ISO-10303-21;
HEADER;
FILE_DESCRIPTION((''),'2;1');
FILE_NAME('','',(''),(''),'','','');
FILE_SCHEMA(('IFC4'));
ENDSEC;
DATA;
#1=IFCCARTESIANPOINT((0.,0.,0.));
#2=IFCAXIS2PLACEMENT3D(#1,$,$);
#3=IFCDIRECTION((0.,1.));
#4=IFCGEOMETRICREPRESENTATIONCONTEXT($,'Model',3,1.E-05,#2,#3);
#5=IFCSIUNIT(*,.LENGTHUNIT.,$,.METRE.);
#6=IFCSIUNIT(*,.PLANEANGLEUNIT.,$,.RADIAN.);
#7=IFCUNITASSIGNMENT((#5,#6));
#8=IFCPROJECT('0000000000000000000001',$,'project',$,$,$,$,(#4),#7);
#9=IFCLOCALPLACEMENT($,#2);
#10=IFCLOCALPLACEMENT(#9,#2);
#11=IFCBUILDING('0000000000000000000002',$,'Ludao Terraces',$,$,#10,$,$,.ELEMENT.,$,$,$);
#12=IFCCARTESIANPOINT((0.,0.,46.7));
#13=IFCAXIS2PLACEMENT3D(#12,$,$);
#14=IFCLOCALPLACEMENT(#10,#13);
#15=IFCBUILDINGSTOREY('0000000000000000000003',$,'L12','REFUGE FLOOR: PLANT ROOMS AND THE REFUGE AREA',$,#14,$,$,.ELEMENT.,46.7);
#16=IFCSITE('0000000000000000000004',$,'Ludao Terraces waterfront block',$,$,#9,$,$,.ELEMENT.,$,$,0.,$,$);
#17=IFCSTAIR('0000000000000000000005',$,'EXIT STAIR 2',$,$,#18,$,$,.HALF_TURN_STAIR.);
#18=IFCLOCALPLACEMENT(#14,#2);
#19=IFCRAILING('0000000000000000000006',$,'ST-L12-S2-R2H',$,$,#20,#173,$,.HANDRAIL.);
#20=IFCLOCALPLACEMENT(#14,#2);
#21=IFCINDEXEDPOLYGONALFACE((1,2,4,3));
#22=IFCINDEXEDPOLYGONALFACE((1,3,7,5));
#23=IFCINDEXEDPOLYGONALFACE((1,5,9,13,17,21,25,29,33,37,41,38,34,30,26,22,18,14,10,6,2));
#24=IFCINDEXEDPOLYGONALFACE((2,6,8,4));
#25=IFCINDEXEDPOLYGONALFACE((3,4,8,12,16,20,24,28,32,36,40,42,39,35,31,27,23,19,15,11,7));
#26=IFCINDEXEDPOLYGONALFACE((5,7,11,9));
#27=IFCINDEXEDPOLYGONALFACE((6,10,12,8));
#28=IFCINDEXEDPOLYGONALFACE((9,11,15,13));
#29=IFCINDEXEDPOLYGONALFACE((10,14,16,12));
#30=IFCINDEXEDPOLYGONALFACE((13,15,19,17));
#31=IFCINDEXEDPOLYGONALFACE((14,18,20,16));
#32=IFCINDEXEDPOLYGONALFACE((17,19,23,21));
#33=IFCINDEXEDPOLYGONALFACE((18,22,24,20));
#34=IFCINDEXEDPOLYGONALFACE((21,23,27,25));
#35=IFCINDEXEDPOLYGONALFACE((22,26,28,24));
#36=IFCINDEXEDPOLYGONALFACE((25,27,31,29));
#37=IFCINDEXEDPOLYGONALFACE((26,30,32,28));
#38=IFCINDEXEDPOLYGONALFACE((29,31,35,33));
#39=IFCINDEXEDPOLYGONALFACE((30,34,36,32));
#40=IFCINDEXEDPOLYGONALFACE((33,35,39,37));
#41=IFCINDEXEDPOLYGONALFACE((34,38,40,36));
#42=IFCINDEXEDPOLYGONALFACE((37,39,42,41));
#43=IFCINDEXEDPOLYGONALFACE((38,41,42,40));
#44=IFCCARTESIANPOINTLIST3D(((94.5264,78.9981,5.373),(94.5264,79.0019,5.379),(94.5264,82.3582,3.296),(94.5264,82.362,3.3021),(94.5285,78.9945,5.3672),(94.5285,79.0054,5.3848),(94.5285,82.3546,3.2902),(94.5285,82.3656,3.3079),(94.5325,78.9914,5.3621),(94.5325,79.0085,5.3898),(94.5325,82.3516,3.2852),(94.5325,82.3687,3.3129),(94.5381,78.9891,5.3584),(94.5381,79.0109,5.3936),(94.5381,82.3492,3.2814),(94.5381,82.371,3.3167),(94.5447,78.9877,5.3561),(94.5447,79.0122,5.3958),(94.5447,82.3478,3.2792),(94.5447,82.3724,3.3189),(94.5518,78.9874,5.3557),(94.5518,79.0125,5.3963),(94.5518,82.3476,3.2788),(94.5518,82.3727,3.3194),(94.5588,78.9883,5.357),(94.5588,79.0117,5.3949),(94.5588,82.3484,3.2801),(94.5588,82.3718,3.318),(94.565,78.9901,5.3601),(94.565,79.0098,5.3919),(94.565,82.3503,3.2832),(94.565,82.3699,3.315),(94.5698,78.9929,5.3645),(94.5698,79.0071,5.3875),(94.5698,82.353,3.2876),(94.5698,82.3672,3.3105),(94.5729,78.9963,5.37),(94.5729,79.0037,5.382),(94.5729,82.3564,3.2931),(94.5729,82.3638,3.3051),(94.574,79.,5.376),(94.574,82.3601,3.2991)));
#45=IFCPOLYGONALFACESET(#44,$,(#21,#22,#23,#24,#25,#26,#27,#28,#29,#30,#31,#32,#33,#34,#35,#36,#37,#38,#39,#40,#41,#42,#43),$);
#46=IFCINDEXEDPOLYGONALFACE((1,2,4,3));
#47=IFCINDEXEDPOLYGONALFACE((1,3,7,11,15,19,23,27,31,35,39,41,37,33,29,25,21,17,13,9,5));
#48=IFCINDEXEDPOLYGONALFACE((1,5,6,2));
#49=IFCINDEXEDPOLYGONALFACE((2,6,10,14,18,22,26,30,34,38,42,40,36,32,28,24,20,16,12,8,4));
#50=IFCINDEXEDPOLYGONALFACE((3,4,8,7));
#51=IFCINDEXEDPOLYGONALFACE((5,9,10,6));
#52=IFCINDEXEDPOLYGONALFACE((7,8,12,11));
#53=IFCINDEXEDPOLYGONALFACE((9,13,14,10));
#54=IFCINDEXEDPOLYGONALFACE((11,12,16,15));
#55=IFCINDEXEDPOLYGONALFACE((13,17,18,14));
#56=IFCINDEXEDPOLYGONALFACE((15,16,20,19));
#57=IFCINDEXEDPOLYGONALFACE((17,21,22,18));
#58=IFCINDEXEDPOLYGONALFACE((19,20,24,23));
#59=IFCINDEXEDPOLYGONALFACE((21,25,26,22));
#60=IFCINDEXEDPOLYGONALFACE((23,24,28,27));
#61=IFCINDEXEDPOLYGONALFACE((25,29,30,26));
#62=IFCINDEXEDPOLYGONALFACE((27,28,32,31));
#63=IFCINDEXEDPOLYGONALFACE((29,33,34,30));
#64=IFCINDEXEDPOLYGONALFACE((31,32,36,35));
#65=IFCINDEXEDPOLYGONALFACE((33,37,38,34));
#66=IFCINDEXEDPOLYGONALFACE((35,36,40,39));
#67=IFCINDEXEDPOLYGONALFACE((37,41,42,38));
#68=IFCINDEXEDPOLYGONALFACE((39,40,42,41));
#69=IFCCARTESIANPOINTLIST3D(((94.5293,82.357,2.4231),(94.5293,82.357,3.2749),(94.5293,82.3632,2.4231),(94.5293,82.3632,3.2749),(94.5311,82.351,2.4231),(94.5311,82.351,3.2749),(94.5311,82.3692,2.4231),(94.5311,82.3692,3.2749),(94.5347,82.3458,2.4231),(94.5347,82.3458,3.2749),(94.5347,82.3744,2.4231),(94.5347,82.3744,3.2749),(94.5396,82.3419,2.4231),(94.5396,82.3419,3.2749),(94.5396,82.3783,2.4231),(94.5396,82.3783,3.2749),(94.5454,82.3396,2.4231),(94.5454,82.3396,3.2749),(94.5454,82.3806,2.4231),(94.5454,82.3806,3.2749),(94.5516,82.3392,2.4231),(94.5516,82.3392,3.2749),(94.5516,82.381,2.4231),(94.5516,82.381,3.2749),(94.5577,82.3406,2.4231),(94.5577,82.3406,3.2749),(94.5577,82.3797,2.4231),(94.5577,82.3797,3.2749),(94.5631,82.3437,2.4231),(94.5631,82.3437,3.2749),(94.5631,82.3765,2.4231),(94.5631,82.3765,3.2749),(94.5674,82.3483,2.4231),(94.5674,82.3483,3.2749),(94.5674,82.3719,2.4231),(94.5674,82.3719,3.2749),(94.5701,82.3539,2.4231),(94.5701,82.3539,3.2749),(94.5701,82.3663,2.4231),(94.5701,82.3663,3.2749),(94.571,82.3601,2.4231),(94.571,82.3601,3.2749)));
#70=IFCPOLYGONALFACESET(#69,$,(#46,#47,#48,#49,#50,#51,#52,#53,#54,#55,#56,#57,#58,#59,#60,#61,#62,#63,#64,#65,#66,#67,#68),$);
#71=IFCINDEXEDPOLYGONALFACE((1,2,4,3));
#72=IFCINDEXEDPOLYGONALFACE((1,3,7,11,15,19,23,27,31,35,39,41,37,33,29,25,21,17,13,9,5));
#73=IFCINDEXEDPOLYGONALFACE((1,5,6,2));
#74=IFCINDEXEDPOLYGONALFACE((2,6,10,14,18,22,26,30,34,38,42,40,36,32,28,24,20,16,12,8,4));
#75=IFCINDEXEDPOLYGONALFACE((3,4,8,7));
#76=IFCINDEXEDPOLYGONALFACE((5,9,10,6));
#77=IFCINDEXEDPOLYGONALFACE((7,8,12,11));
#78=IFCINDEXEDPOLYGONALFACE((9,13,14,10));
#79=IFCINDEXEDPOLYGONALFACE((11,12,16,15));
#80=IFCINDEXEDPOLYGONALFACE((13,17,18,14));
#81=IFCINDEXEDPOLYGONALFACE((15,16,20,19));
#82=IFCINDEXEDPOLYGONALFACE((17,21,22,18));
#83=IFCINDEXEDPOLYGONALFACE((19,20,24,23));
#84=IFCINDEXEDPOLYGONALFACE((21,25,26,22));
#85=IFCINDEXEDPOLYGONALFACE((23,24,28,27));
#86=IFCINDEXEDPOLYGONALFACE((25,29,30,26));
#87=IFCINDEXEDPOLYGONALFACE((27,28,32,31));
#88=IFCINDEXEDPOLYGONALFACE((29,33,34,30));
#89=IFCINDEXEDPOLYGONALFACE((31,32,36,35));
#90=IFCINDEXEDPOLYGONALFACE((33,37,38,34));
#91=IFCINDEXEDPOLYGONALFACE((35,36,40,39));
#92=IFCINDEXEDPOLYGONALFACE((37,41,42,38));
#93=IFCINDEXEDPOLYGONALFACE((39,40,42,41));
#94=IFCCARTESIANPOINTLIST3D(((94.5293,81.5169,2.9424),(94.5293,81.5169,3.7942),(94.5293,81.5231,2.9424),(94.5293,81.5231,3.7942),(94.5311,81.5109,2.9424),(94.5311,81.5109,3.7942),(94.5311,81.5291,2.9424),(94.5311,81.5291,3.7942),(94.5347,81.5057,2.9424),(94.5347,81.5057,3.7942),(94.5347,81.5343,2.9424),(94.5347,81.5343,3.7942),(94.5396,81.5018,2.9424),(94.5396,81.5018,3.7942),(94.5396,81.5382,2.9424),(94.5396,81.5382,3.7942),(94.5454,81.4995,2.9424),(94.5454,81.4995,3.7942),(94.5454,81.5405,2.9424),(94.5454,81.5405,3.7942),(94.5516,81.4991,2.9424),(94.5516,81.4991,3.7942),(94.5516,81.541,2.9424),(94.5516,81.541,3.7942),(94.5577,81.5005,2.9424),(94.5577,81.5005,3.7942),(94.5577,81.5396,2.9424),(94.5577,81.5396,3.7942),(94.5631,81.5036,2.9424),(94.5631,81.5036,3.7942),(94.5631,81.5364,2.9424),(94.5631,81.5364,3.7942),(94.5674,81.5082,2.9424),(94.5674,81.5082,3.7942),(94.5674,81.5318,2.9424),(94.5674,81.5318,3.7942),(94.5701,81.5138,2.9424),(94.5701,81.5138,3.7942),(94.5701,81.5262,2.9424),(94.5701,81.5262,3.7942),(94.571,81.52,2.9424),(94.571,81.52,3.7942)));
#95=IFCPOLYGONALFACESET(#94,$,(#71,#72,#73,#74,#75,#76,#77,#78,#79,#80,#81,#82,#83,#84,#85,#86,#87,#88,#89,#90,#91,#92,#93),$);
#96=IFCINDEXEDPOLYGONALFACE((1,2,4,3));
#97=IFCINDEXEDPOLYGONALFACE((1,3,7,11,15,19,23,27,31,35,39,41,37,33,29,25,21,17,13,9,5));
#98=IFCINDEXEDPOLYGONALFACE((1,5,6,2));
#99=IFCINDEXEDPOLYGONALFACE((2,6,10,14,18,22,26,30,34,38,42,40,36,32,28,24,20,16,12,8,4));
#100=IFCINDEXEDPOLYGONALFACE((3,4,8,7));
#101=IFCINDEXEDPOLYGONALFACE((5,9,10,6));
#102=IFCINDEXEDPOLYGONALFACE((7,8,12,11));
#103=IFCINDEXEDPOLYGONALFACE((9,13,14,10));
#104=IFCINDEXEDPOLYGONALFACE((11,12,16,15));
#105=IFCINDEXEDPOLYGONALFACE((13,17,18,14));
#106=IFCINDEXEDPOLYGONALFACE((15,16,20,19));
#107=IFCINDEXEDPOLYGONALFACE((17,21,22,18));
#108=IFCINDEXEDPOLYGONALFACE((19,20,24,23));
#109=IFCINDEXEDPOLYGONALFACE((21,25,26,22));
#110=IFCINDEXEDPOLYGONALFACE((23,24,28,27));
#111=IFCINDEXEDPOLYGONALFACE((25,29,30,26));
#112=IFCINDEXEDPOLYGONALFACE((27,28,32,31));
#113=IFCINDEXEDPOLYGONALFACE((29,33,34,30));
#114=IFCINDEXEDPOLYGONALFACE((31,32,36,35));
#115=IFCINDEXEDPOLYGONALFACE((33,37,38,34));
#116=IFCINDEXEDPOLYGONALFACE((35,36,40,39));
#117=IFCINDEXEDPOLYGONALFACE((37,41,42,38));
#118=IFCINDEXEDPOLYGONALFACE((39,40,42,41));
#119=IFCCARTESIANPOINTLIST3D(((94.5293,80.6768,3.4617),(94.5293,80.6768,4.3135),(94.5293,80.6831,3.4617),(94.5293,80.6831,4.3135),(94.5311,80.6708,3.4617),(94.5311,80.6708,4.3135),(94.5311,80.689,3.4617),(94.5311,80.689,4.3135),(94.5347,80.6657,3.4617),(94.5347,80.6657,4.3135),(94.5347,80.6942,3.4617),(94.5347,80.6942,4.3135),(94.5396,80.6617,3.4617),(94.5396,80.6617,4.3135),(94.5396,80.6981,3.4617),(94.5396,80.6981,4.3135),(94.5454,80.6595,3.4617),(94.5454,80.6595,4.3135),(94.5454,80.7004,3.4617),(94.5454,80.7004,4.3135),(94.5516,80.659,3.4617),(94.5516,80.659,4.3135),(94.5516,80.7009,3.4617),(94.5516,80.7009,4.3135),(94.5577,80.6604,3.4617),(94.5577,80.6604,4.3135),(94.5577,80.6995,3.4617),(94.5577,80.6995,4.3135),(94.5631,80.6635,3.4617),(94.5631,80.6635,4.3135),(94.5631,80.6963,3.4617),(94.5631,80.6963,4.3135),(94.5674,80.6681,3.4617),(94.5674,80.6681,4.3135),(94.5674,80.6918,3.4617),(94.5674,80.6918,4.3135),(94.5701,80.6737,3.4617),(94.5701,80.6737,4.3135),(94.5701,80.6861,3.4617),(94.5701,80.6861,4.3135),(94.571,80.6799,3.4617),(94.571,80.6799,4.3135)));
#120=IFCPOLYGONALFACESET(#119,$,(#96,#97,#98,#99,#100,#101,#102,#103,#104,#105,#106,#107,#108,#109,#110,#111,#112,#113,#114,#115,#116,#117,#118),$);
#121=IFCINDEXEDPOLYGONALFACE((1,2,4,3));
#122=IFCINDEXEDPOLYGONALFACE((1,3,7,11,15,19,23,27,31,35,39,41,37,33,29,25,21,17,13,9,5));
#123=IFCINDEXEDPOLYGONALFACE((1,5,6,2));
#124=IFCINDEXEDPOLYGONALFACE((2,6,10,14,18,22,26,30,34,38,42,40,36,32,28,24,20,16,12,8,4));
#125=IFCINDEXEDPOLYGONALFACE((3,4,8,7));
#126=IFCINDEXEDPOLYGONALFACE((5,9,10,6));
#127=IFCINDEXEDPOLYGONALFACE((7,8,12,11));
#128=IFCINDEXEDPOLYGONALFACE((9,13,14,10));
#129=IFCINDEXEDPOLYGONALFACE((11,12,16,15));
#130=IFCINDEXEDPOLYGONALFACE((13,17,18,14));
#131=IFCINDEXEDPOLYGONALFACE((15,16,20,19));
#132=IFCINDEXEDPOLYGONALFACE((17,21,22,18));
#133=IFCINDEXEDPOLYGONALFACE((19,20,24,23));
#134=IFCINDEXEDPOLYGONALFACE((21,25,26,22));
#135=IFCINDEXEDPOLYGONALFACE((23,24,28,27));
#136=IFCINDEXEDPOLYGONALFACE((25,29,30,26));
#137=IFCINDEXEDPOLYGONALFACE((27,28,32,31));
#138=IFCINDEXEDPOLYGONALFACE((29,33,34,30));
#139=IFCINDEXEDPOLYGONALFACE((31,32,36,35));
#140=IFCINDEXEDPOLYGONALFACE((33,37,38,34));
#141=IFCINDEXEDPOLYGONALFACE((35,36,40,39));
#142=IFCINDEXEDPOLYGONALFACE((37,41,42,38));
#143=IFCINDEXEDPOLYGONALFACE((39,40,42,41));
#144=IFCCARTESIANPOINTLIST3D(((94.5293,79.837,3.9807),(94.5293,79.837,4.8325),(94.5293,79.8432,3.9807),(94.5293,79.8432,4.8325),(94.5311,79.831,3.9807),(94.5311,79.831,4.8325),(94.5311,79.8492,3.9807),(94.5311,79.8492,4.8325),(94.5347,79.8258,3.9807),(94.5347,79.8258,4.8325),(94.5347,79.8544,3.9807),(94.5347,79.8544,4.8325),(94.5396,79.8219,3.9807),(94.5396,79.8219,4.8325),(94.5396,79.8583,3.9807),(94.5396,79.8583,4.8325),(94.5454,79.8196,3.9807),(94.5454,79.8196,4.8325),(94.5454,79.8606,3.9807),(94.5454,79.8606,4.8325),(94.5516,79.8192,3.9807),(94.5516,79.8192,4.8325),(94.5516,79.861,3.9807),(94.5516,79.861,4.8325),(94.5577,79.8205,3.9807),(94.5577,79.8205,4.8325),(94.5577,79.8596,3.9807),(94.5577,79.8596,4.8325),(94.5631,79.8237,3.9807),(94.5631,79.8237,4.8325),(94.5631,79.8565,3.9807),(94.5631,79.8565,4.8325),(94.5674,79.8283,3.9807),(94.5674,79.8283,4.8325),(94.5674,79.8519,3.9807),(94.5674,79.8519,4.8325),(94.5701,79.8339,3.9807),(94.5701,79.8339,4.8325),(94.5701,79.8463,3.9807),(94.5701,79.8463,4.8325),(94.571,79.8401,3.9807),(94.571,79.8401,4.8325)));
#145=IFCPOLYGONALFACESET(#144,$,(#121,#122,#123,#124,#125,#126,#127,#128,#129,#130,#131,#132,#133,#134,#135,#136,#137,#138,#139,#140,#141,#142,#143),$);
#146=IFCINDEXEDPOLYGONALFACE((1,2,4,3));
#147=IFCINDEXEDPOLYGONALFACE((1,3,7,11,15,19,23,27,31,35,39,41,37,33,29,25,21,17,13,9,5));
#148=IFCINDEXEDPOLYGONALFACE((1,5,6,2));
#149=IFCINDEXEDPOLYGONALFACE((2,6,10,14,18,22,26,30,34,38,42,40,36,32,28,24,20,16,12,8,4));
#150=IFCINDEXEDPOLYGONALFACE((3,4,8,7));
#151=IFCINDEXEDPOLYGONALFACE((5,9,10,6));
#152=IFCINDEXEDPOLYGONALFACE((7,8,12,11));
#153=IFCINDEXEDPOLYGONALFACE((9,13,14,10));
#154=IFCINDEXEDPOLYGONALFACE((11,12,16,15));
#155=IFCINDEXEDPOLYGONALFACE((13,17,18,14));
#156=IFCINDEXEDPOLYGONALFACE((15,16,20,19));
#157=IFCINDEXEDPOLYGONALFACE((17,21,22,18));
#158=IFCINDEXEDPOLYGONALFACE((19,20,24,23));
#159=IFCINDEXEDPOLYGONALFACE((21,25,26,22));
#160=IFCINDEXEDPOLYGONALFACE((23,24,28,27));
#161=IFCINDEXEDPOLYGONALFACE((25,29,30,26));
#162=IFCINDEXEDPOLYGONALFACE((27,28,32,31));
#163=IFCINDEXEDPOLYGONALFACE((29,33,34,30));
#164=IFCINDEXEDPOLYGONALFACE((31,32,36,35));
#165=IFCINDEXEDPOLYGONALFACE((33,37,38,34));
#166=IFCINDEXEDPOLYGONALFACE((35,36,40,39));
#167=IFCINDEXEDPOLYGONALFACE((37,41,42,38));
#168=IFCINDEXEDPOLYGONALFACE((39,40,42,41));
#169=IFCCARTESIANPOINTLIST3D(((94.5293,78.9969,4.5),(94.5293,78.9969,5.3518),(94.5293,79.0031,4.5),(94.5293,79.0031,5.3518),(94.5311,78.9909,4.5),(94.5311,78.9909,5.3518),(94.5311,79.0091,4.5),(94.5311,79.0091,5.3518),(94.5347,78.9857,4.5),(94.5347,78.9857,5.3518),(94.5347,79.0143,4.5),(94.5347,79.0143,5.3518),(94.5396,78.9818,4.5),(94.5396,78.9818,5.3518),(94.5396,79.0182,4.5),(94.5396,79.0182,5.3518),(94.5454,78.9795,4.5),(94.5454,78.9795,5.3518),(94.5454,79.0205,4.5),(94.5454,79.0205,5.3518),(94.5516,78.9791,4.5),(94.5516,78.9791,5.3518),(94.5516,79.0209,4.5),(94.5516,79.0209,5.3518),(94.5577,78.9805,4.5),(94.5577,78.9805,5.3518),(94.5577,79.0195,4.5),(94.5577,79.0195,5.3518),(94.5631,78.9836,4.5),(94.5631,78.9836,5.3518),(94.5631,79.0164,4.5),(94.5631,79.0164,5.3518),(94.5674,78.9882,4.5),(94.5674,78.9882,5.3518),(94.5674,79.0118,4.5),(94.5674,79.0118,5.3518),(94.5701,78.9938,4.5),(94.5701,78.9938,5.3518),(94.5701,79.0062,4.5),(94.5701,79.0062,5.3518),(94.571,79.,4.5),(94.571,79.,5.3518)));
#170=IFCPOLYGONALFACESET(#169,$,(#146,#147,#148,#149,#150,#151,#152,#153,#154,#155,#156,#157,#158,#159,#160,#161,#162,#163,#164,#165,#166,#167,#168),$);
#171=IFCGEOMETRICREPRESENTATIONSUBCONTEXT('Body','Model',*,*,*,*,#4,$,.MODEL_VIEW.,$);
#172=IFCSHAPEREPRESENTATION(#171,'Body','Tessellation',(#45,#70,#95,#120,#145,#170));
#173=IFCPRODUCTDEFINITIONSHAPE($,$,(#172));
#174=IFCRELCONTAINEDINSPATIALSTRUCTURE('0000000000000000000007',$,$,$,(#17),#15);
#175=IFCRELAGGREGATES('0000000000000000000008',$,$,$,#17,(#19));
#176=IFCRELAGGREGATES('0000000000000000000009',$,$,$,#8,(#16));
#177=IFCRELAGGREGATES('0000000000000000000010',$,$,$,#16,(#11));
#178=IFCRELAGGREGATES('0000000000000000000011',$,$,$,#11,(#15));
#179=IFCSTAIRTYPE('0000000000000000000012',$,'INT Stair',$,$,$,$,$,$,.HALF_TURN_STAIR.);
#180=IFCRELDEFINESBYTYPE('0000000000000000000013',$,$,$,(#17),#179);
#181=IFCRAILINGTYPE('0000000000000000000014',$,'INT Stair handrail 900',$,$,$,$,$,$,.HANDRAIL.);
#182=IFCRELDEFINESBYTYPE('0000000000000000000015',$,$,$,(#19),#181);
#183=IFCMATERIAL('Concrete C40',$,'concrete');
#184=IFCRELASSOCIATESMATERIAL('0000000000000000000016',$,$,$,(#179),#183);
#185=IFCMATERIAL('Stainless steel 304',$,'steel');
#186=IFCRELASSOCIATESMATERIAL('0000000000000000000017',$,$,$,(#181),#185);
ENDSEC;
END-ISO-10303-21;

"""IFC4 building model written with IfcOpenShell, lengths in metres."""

from ifc_helpers import new_model, si_unit, direction, frame, origin, origin_2d, place, context, subcontext, project, spatial, circle, extrude, material, type_object, element, aggregate, save


model = new_model("IFC4")

# Units and contexts
model_context = context("Model", 3, precision=1e-05, world=origin(), true_north=direction((0.0, 1.0)))
body_context = subcontext(model_context, "Body", "Model", "MODEL_VIEW")
ifc_project = project(units=[si_unit("LENGTHUNIT", "METRE"), si_unit("PLANEANGLEUNIT", "RADIAN")], contexts=[model_context])

# Site, building, storey
site_placement = place(None, origin())
site = spatial("IfcSite", under=ifc_project, at=site_placement, Name="Ludao Terraces waterfront block", CompositionType="ELEMENT", RefElevation=0.0)
building_placement = place(site_placement, origin())
building = spatial("IfcBuilding", under=site, at=building_placement, Name="Ludao Terraces", CompositionType="ELEMENT")
storey_placement = place(building_placement, frame((0.0, 0.0, 46.7)))
storey = spatial("IfcBuildingStorey", under=building, at=storey_placement, Name="L12", Description="REFUGE FLOOR: PLANT ROOMS AND THE REFUGE AREA", CompositionType="ELEMENT", Elevation=46.7)

# Stair, railing
ifc_material_1 = material(Name="Concrete C40", Category="concrete")
stair_type = type_object("IfcStairType", Name="INT Stair", PredefinedType="HALF_TURN_STAIR", material=ifc_material_1)
stair_placement = place(storey_placement, origin())
stair = element("IfcStair", 1, at=stair_placement, inside=storey, type_object=stair_type, Name="EXIT STAIR 2", PredefinedType="HALF_TURN_STAIR")
ifc_material_2 = material(Name="Stainless steel 304", Category="steel")
railing_type_1 = type_object("IfcRailingType", Name="INT Stair handrail 900", PredefinedType="HANDRAIL", material=ifc_material_2)
railing_1_placement = place(storey_placement, frame((94.55, 82.3601, 2.4231)))
railing_1 = element("IfcRailing", 2, at=railing_1_placement, type_object=railing_type_1, Name="ST-L12-S2-R2H", PredefinedType="HANDRAIL", context=body_context, shape_type="SweptSolid", body=[
    extrude(circle(Radius=0.0239, at=origin_2d()), frame((0.0, 0.0, 0.876), z_axis=(0.0, -0.850623, 0.525776), x_axis=(1.0, 0.0, 0.0)), (0.0, 0.0, 1.0), 3.9502),
    extrude(circle(Radius=0.021, at=origin_2d()), origin(), (0.0, 0.0, 1.0), 0.8518),
    extrude(circle(Radius=0.021, at=origin_2d()), frame((0.0, -0.8401, 0.5193)), (0.0, 0.0, 1.0), 0.8518),
    extrude(circle(Radius=0.021, at=origin_2d()), frame((0.0, -1.6802, 1.0386)), (0.0, 0.0, 1.0), 0.8518),
    extrude(circle(Radius=0.021, at=origin_2d()), frame((0.0, -2.52, 1.5576)), (0.0, 0.0, 1.0), 0.8518),
    extrude(circle(Radius=0.021, at=origin_2d()), frame((0.0, -3.3601, 2.0769)), (0.0, 0.0, 1.0), 0.8518),
])
aggregate(stair, [railing_1])

save(model, "model.ifc")
